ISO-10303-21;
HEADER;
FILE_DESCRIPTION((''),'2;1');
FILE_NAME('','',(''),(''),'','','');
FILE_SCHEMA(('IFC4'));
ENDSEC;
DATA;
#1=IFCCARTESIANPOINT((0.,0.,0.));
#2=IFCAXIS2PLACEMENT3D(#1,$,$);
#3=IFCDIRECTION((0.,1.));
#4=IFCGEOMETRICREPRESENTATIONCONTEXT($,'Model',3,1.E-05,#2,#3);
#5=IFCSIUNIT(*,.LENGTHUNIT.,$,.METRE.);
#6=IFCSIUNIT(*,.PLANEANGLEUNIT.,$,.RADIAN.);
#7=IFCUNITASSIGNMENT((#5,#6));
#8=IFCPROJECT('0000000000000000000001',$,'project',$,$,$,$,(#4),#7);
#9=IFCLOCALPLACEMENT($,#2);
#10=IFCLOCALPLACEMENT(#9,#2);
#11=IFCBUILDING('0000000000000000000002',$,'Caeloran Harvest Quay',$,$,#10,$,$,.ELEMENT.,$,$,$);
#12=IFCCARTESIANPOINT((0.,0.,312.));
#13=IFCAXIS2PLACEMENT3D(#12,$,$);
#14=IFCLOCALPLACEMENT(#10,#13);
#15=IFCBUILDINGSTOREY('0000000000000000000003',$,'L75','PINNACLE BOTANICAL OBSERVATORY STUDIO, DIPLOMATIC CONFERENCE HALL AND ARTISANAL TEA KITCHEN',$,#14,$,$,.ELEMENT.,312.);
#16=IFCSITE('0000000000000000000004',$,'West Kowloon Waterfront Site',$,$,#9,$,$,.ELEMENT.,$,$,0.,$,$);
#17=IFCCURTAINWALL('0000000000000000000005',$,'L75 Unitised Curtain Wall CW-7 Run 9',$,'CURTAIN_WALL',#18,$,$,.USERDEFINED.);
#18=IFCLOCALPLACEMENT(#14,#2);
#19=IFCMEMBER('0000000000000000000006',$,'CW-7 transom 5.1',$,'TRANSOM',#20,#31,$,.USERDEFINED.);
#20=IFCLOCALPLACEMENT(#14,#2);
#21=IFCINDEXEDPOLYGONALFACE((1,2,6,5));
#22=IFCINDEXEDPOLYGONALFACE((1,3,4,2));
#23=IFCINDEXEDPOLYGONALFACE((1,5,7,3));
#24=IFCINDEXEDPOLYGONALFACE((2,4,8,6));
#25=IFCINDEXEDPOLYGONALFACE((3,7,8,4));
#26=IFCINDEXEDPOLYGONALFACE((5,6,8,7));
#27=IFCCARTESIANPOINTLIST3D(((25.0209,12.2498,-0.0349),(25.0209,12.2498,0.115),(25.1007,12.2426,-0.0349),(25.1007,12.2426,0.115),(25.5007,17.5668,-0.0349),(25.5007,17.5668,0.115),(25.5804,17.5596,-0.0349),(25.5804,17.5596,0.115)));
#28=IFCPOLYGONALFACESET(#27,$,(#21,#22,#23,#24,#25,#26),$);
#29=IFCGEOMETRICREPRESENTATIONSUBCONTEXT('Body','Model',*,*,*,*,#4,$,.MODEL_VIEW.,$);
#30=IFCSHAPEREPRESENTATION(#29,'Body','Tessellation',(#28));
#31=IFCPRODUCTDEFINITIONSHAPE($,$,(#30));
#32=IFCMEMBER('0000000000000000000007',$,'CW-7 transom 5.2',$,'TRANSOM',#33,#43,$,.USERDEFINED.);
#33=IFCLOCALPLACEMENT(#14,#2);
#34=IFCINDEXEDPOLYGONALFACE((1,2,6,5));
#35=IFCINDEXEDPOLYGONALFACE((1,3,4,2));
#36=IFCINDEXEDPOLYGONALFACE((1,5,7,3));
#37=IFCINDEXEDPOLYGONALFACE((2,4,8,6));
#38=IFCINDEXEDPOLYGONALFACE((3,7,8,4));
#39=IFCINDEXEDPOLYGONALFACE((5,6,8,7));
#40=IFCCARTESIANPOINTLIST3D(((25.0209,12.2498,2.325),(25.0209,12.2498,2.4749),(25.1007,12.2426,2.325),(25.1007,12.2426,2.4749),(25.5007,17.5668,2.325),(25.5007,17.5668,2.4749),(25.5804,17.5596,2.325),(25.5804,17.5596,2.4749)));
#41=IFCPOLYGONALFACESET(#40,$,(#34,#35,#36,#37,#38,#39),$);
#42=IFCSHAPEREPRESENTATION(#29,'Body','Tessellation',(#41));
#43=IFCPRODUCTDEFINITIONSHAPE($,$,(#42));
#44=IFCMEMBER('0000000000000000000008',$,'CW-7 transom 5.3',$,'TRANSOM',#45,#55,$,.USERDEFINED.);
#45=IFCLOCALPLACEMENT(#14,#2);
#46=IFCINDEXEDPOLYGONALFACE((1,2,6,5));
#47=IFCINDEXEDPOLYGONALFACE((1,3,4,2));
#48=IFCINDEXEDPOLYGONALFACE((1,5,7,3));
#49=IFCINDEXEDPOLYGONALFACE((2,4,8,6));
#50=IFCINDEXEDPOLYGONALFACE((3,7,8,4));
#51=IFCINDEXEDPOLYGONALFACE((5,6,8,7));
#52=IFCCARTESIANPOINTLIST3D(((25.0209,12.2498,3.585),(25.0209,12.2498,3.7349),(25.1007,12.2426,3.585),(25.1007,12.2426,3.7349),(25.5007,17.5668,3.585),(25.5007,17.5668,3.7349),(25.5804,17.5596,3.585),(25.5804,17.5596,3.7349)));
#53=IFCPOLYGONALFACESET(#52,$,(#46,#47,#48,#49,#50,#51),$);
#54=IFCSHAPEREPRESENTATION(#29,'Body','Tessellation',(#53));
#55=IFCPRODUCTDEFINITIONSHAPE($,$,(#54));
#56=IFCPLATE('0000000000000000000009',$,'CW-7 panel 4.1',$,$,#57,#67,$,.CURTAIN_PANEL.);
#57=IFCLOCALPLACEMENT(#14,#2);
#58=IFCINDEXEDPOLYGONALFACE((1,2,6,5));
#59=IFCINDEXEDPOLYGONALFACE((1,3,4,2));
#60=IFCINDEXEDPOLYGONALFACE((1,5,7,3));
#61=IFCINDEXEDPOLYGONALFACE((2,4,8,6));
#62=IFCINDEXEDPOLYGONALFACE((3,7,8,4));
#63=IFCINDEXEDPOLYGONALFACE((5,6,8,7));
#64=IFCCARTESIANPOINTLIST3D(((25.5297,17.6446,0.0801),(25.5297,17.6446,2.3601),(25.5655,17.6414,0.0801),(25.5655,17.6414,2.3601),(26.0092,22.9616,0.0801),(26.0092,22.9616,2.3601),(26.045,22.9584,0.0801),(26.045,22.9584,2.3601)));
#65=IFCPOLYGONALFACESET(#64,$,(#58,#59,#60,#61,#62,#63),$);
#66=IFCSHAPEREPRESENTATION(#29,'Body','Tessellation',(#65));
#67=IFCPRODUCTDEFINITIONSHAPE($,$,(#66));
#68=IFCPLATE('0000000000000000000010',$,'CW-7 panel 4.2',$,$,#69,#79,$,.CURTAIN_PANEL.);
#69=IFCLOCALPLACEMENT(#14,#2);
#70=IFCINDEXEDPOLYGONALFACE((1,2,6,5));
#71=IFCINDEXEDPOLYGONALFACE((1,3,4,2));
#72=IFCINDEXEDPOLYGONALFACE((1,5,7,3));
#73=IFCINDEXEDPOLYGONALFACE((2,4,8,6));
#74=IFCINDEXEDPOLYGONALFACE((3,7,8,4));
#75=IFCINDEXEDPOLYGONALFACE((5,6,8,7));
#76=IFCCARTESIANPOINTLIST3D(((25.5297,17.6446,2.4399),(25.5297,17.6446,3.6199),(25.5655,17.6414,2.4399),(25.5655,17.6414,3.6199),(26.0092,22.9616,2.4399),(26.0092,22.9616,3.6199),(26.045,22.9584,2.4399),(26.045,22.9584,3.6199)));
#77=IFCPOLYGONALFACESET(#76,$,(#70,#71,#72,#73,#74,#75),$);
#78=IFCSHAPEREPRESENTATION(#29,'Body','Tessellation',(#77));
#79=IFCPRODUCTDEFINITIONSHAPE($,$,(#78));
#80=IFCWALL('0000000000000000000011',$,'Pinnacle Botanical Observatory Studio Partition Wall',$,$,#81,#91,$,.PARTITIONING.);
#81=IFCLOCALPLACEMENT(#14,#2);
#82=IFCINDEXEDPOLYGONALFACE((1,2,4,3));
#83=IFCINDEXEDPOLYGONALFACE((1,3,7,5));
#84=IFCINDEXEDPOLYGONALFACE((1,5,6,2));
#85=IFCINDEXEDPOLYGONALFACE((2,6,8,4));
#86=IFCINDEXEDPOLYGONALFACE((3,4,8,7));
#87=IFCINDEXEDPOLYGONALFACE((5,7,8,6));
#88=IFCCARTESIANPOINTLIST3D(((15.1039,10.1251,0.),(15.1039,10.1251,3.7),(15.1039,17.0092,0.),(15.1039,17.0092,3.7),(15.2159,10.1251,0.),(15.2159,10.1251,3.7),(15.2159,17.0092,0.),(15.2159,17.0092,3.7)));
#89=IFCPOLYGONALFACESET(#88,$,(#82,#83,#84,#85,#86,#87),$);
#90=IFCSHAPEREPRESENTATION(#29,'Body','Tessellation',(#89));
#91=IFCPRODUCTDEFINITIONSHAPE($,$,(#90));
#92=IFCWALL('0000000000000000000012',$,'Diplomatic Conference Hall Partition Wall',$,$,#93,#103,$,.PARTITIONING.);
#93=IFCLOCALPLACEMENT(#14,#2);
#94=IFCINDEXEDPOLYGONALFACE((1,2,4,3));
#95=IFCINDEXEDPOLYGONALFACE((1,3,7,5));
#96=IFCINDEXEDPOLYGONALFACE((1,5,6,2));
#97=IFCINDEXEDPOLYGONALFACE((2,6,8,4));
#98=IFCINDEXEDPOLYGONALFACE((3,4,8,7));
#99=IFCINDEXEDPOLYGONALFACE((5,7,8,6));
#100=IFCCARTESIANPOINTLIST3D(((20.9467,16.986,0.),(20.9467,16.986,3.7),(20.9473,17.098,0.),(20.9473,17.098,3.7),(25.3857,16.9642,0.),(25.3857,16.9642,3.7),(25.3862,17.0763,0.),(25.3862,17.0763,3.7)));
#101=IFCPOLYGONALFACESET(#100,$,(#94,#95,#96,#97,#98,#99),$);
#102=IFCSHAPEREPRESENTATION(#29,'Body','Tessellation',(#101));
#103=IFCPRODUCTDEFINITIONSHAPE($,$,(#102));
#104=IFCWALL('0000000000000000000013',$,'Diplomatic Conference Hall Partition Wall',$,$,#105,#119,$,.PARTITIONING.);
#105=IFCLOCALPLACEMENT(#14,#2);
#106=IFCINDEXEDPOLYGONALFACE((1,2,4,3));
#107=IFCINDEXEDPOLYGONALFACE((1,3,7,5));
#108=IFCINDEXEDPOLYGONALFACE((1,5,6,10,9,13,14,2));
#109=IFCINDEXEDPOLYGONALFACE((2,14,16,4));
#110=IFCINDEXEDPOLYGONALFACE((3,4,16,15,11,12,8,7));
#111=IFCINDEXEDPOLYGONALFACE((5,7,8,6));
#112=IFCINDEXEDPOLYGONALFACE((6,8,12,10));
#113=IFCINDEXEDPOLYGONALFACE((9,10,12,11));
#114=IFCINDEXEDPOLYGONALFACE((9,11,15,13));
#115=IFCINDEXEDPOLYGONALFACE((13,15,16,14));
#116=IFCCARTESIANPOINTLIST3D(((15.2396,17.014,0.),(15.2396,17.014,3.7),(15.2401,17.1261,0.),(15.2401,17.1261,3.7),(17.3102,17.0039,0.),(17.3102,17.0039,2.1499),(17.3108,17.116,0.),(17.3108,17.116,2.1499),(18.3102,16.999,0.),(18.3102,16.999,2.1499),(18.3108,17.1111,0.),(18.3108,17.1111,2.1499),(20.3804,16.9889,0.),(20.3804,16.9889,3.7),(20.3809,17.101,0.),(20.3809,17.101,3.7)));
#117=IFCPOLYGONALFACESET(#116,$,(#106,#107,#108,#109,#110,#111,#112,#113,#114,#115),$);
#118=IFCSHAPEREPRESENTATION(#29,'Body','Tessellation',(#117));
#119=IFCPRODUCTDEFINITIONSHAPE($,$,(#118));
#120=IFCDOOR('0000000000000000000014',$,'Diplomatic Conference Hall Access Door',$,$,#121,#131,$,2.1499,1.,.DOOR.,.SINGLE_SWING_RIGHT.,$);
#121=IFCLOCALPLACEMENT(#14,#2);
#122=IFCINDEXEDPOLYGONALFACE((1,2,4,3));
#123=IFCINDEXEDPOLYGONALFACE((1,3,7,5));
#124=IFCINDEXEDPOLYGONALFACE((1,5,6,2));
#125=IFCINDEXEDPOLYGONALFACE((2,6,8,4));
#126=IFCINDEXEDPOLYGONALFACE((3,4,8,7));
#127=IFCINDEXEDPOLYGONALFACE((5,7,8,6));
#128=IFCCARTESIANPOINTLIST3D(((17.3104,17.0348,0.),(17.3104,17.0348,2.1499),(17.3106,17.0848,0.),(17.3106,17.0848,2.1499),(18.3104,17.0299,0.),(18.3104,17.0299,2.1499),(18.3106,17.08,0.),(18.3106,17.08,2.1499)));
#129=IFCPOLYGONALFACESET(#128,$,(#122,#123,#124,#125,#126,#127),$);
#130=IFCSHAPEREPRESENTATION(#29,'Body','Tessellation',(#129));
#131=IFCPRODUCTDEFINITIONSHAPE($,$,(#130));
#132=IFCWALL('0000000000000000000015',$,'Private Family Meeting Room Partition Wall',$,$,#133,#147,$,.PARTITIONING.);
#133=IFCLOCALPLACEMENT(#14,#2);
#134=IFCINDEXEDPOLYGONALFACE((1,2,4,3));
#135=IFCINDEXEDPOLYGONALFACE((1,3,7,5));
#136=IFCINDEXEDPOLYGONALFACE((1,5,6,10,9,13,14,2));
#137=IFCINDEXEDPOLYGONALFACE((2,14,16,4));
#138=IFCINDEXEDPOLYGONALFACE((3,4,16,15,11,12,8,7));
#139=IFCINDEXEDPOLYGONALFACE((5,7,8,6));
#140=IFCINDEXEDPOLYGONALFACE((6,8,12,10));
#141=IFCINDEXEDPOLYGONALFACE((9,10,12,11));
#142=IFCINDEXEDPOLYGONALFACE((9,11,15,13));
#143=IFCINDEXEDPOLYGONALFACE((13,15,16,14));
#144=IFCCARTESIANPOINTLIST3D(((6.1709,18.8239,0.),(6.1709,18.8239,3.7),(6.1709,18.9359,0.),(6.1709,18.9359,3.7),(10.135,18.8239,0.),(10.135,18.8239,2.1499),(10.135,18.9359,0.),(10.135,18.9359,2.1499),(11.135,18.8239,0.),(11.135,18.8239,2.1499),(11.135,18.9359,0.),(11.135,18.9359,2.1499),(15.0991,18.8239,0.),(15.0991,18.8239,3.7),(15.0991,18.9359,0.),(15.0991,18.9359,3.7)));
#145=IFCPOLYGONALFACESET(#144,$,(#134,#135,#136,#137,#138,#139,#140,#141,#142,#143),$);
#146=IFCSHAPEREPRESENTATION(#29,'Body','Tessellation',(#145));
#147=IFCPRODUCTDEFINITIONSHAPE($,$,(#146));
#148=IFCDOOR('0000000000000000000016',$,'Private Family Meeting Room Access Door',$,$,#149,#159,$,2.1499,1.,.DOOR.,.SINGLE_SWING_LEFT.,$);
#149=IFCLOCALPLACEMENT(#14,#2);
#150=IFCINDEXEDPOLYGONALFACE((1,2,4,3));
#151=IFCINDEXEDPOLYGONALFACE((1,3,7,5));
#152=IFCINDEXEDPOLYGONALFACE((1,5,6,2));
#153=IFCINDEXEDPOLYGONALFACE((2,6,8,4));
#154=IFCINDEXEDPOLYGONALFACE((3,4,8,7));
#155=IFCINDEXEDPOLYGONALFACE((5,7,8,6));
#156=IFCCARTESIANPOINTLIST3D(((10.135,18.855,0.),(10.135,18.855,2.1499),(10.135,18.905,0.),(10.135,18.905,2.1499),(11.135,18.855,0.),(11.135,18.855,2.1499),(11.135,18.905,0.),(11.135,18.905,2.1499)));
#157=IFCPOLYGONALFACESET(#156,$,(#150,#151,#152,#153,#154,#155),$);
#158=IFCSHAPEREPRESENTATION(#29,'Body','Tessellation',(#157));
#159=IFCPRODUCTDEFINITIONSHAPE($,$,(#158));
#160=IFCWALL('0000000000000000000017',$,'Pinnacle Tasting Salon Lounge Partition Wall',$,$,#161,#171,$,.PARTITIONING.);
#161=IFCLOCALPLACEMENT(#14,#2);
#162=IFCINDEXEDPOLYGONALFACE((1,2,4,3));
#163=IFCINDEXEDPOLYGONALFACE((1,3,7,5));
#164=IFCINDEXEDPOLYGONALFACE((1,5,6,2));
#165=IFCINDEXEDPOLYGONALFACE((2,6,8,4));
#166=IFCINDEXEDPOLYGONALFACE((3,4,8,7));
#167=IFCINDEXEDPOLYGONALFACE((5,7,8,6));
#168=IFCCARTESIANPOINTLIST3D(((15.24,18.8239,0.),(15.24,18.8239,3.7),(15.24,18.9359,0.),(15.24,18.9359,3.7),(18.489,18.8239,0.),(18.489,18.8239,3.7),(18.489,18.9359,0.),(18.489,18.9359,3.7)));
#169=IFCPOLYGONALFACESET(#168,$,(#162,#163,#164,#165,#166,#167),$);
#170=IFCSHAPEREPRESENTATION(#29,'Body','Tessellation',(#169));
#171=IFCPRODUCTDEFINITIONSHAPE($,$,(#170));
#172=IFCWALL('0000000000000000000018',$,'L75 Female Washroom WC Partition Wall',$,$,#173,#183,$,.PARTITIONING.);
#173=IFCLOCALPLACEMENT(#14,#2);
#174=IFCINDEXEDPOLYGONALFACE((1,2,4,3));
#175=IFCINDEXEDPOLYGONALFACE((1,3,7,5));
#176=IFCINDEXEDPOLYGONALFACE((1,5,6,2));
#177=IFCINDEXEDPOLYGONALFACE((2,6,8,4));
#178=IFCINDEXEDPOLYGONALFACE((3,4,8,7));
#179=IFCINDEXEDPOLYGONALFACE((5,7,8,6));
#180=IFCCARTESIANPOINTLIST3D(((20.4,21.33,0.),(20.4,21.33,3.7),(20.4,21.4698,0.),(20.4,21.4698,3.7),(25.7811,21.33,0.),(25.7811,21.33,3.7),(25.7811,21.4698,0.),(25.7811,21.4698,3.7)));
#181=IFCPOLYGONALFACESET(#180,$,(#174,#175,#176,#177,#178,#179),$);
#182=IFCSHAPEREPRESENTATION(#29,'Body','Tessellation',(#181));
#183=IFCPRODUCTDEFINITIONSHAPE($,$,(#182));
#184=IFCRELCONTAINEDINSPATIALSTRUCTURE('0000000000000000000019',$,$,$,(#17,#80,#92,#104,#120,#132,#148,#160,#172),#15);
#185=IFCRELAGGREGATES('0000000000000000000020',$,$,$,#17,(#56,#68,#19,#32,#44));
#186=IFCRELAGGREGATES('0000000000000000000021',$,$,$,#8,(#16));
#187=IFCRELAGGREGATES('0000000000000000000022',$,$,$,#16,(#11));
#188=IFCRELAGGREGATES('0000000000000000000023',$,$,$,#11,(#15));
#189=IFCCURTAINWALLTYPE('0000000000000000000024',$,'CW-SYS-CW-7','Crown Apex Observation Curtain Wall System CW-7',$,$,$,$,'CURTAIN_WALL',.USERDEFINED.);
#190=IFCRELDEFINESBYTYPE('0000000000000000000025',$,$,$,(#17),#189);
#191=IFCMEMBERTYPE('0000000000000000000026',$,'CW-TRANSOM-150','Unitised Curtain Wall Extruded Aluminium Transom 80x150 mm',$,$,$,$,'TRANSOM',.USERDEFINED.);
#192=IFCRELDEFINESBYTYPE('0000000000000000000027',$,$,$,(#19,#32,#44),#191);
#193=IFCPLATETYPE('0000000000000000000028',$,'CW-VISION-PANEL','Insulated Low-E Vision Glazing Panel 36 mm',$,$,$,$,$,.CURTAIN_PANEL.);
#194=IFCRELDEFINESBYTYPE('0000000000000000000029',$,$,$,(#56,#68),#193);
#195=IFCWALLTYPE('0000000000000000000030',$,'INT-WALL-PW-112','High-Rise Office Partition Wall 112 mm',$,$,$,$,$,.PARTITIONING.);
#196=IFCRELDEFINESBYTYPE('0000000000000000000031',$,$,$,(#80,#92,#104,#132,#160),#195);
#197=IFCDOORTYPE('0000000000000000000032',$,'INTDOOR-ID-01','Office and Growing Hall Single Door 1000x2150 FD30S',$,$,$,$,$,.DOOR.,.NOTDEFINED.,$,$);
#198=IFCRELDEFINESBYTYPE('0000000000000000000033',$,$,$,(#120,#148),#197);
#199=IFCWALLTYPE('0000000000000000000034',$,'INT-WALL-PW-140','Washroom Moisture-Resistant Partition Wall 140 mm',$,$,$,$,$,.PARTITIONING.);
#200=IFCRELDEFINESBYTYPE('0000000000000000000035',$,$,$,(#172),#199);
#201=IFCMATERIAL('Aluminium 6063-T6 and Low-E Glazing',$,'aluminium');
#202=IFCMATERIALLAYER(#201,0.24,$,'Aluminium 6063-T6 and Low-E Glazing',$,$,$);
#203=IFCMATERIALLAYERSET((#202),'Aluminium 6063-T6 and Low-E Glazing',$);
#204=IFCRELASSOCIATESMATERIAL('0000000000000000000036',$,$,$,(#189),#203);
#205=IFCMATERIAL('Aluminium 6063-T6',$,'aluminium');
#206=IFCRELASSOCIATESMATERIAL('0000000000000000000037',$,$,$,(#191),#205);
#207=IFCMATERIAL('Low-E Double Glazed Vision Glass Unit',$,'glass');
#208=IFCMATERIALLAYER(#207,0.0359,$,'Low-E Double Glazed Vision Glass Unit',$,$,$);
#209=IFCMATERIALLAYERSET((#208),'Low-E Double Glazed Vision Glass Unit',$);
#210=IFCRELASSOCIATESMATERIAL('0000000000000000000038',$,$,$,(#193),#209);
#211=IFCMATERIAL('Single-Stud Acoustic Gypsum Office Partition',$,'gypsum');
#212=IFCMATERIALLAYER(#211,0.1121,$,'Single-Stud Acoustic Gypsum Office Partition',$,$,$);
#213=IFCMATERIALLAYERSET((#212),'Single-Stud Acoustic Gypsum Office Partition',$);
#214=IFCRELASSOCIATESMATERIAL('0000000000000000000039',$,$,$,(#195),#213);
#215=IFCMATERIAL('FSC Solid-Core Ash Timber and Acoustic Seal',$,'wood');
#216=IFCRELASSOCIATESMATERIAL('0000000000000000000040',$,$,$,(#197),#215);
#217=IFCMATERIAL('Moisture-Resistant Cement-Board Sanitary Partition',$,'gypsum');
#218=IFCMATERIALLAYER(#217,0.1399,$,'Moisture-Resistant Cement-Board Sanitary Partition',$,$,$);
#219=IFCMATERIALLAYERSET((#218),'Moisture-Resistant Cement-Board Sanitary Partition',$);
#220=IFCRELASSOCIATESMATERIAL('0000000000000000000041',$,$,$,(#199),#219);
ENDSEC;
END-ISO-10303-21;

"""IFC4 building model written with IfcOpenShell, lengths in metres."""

from ifc_helpers import new_model, si_unit, direction, frame, frame_2d, origin, origin_2d, place, context, subcontext, project, spatial, rectangle, extrude, material, layer, layer_set, material_profile, profile_set, type_object, element, fill, aggregate, save


model = new_model("IFC4")

# Units and contexts
model_context = context("Model", 3, precision=1e-05, world=origin(), true_north=direction((0.0, 1.0)))
body_context = subcontext(model_context, "Body", "Model", "MODEL_VIEW")
ifc_project = project(units=[si_unit("LENGTHUNIT", "METRE"), si_unit("PLANEANGLEUNIT", "RADIAN")], contexts=[model_context])

# Site, building, storey
site_placement = place(None, origin())
site = spatial("IfcSite", under=ifc_project, at=site_placement, Name="West Kowloon Waterfront Site", CompositionType="ELEMENT", RefElevation=0.0)
building_placement = place(site_placement, origin())
building = spatial("IfcBuilding", under=site, at=building_placement, Name="Caeloran Harvest Quay", CompositionType="ELEMENT")
storey_placement = place(building_placement, frame((0.0, 0.0, 312.0)))
storey = spatial("IfcBuildingStorey", under=building, at=storey_placement, Name="L75", Description="PINNACLE BOTANICAL OBSERVATORY STUDIO, DIPLOMATIC CONFERENCE HALL AND ARTISANAL TEA KITCHEN", CompositionType="ELEMENT", Elevation=312.0)

# Curtain wall, members, plates
ifc_material_1 = material(Name="Aluminium 6063-T6 and Low-E Glazing", Category="aluminium")
ifc_layer_1 = layer(ifc_material_1, 0.24, Name="Aluminium 6063-T6 and Low-E Glazing")
ifc_layer_set_1 = layer_set([ifc_layer_1], Name="Aluminium 6063-T6 and Low-E Glazing")
curtain_wall_type = type_object("IfcCurtainWallType", Name="CW-SYS-CW-7", Description="Crown Apex Observation Curtain Wall System CW-7", ElementType="CURTAIN_WALL", PredefinedType="USERDEFINED", material=ifc_layer_set_1)
curtain_wall_placement = place(storey_placement, origin())
curtain_wall = element("IfcCurtainWall", 1, at=curtain_wall_placement, inside=storey, type_object=curtain_wall_type, Name="L75 Unitised Curtain Wall CW-7 Run 9", ObjectType="CURTAIN_WALL", PredefinedType="USERDEFINED")
ifc_material_2 = material(Name="Aluminium 6063-T6", Category="aluminium")
ifc_material_profile_1 = material_profile(ifc_material_2, rectangle(XDim=0.0801, YDim=0.1499, at=origin_2d()), Name="CW-TRANSOM-150")
ifc_profile_set_1 = profile_set([ifc_material_profile_1], Name="Aluminium 6063-T6")
member_type_1 = type_object("IfcMemberType", Name="CW-TRANSOM-150", Description="Unitised Curtain Wall Extruded Aluminium Transom 80x150 mm", ElementType="TRANSOM", PredefinedType="USERDEFINED", material=ifc_profile_set_1)
member_1_placement = place(storey_placement, frame((25.5405, 17.5632, 0.04), z_axis=(-0.08986, -0.995954, 0.0), x_axis=(0.995954, -0.08986, 0.0)))
member_1 = element("IfcMember", 2, at=member_1_placement, type_object=member_type_1, Name="CW-7 transom 5.1", ObjectType="TRANSOM", PredefinedType="USERDEFINED", context=body_context, shape_type="SweptSolid", body=[
    extrude(rectangle(XDim=0.0801, YDim=0.1499, at=origin_2d()), origin(), (0.0, 0.0, 1.0), 5.3386),
])
member_2_placement = place(storey_placement, frame((25.5405, 17.5632, 2.3999), z_axis=(-0.08986, -0.995954, 0.0), x_axis=(0.995954, -0.08986, 0.0)))
member_2 = element("IfcMember", 3, at=member_2_placement, type_object=member_type_1, Name="CW-7 transom 5.2", ObjectType="TRANSOM", PredefinedType="USERDEFINED", context=body_context, shape_type="SweptSolid", body=[
    extrude(rectangle(XDim=0.0801, YDim=0.1499, at=origin_2d()), origin(), (0.0, 0.0, 1.0), 5.3386),
])
member_3_placement = place(storey_placement, frame((25.5405, 17.5632, 3.6599), z_axis=(-0.08986, -0.995954, 0.0), x_axis=(0.995954, -0.08986, 0.0)))
member_3 = element("IfcMember", 4, at=member_3_placement, type_object=member_type_1, Name="CW-7 transom 5.3", ObjectType="TRANSOM", PredefinedType="USERDEFINED", context=body_context, shape_type="SweptSolid", body=[
    extrude(rectangle(XDim=0.0801, YDim=0.1499, at=origin_2d()), origin(), (0.0, 0.0, 1.0), 5.3386),
])
ifc_material_3 = material(Name="Low-E Double Glazed Vision Glass Unit", Category="glass")
ifc_layer_2 = layer(ifc_material_3, 0.0359, Name="Low-E Double Glazed Vision Glass Unit")
ifc_layer_set_2 = layer_set([ifc_layer_2], Name="Low-E Double Glazed Vision Glass Unit")
plate_type = type_object("IfcPlateType", Name="CW-VISION-PANEL", Description="Insulated Low-E Vision Glazing Panel 36 mm", PredefinedType="CURTAIN_PANEL", material=ifc_layer_set_2)
plate_1_placement = place(storey_placement, frame((25.7874, 20.3015, 0.0801), z_axis=(0.0, 0.0, 1.0), x_axis=(-0.089821, -0.995958, 0.0)))
plate_1 = element("IfcPlate", 5, at=plate_1_placement, type_object=plate_type, Name="CW-7 panel 4.1", PredefinedType="CURTAIN_PANEL", context=body_context, shape_type="SweptSolid", body=[
    extrude(rectangle(XDim=5.3386, YDim=0.0359, at=origin_2d()), origin(), (0.0, 0.0, 1.0), 2.28),
])
plate_2_placement = place(storey_placement, frame((25.7874, 20.3015, 2.4399), z_axis=(0.0, 0.0, 1.0), x_axis=(-0.089821, -0.995958, 0.0)))
plate_2 = element("IfcPlate", 6, at=plate_2_placement, type_object=plate_type, Name="CW-7 panel 4.2", PredefinedType="CURTAIN_PANEL", context=body_context, shape_type="SweptSolid", body=[
    extrude(rectangle(XDim=5.3386, YDim=0.0359, at=origin_2d()), origin(), (0.0, 0.0, 1.0), 1.1799),
])
aggregate(curtain_wall, [plate_1, plate_2, member_1, member_2, member_3])

# Walls
ifc_material_4 = material(Name="Single-Stud Acoustic Gypsum Office Partition", Category="gypsum")
ifc_layer_3 = layer(ifc_material_4, 0.1121, Name="Single-Stud Acoustic Gypsum Office Partition")
ifc_layer_set_3 = layer_set([ifc_layer_3], Name="Single-Stud Acoustic Gypsum Office Partition")
wall_type_1 = type_object("IfcWallType", Name="INT-WALL-PW-112", Description="High-Rise Office Partition Wall 112 mm", PredefinedType="PARTITIONING", material=ifc_layer_set_3)
wall_1_placement = place(storey_placement, frame((15.1599, 17.009, 0.0), z_axis=(0.0, 0.0, 1.0), x_axis=(0.0, -1.0, 0.0)))
element("IfcWall", 7, at=wall_1_placement, inside=storey, type_object=wall_type_1, Name="Pinnacle Botanical Observatory Studio Partition Wall", PredefinedType="PARTITIONING", context=body_context, shape_type="SweptSolid", body=[
    extrude(rectangle(XDim=6.884, YDim=0.1121, at=frame_2d((3.4419, 0.0))), origin(), (0.0, 0.0, 1.0), 3.7),
])
wall_2_placement = place(storey_placement, frame((20.947, 17.042, 0.0), z_axis=(0.0, 0.0, 1.0), x_axis=(0.999988, -0.004895, 0.0)))
element("IfcWall", 8, at=wall_2_placement, inside=storey, type_object=wall_type_1, Name="Diplomatic Conference Hall Partition Wall", PredefinedType="PARTITIONING", context=body_context, shape_type="SweptSolid", body=[
    extrude(rectangle(XDim=4.439, YDim=0.1121, at=frame_2d((2.2195, 0.0))), origin(), (0.0, 0.0, 1.0), 3.7),
])

# Walls, openings, doors
wall_3_placement = place(storey_placement, frame((15.24, 17.0701, 0.0), z_axis=(0.0, 0.0, 1.0), x_axis=(0.999988, -0.004891, 0.0)))
wall_3 = element("IfcWall", 9, at=wall_3_placement, inside=storey, type_object=wall_type_1, Name="Diplomatic Conference Hall Partition Wall", PredefinedType="PARTITIONING", context=body_context, shape_type="SweptSolid", body=[
    extrude(rectangle(XDim=5.1409, YDim=0.1121, at=frame_2d((2.5703, 0.0))), origin(), (0.0, 0.0, 1.0), 3.7),
])
opening_1_placement = place(wall_3_placement, frame((2.0706, 0.0, 0.0)))
opening_1 = element("IfcOpeningElement", 10, at=opening_1_placement, cuts=wall_3, PredefinedType="OPENING", context=body_context, shape_type="SweptSolid", body=[
    extrude(rectangle(XDim=1.0, YDim=2.1499, at=frame_2d((0.5, 1.075))), frame((0.0, 0.0659, 0.0), z_axis=(0.0, -1.0, 0.0), x_axis=(1.0, 0.0, 0.0)), (0.0, 0.0, 1.0), 0.1321),
])
ifc_material_5 = material(Name="FSC Solid-Core Ash Timber and Acoustic Seal", Category="wood")
door_type_1 = type_object("IfcDoorType", Name="INTDOOR-ID-01", Description="Office and Growing Hall Single Door 1000x2150 FD30S", OperationType="NOTDEFINED", PredefinedType="DOOR", material=ifc_material_5)
door_1_placement = place(opening_1_placement, origin())
door_1 = element("IfcDoor", 11, at=door_1_placement, inside=storey, type_object=door_type_1, Name="Diplomatic Conference Hall Access Door", OperationType="SINGLE_SWING_RIGHT", OverallHeight=2.1499, OverallWidth=1.0, PredefinedType="DOOR", context=body_context, shape_type="SweptSolid", body=[
    extrude(rectangle(XDim=1.0, YDim=2.1499, at=frame_2d((0.5, 1.075))), frame((0.0, 0.0249, 0.0), z_axis=(0.0, -1.0, 0.0), x_axis=(1.0, 0.0, 0.0)), (0.0, 0.0, 1.0), 0.05),
])
fill(opening_1, door_1)
wall_4_placement = place(storey_placement, frame((15.0991, 18.8799, 0.0), z_axis=(0.0, 0.0, 1.0), x_axis=(-1.0, 0.0, 0.0)))
wall_4 = element("IfcWall", 12, at=wall_4_placement, inside=storey, type_object=wall_type_1, Name="Private Family Meeting Room Partition Wall", PredefinedType="PARTITIONING", context=body_context, shape_type="SweptSolid", body=[
    extrude(rectangle(XDim=8.9282, YDim=0.1121, at=frame_2d((4.4641, 0.0))), origin(), (0.0, 0.0, 1.0), 3.7),
])
opening_2_placement = place(wall_4_placement, frame((3.9641, 0.0, 0.0)))
opening_2 = element("IfcOpeningElement", 13, at=opening_2_placement, cuts=wall_4, PredefinedType="OPENING", context=body_context, shape_type="SweptSolid", body=[
    extrude(rectangle(XDim=1.0, YDim=2.1499, at=frame_2d((0.5, 1.075))), frame((0.0, 0.0659, 0.0), z_axis=(0.0, -1.0, 0.0), x_axis=(1.0, 0.0, 0.0)), (0.0, 0.0, 1.0), 0.1321),
])
door_2_placement = place(opening_2_placement, origin())
door_2 = element("IfcDoor", 14, at=door_2_placement, inside=storey, type_object=door_type_1, Name="Private Family Meeting Room Access Door", OperationType="SINGLE_SWING_LEFT", OverallHeight=2.1499, OverallWidth=1.0, PredefinedType="DOOR", context=body_context, shape_type="SweptSolid", body=[
    extrude(rectangle(XDim=1.0, YDim=2.1499, at=frame_2d((0.5, 1.075))), frame((0.0, 0.0249, 0.0), z_axis=(0.0, -1.0, 0.0), x_axis=(1.0, 0.0, 0.0)), (0.0, 0.0, 1.0), 0.05),
])
fill(opening_2, door_2)

# Walls
wall_5_placement = place(storey_placement, frame((18.489, 18.8799, 0.0), z_axis=(0.0, 0.0, 1.0), x_axis=(-1.0, 0.0, 0.0)))
element("IfcWall", 15, at=wall_5_placement, inside=storey, type_object=wall_type_1, Name="Pinnacle Tasting Salon Lounge Partition Wall", PredefinedType="PARTITIONING", context=body_context, shape_type="SweptSolid", body=[
    extrude(rectangle(XDim=3.249, YDim=0.1121, at=frame_2d((1.6245, 0.0))), origin(), (0.0, 0.0, 1.0), 3.7),
])
ifc_material_6 = material(Name="Moisture-Resistant Cement-Board Sanitary Partition", Category="gypsum")
ifc_layer_4 = layer(ifc_material_6, 0.1399, Name="Moisture-Resistant Cement-Board Sanitary Partition")
ifc_layer_set_4 = layer_set([ifc_layer_4], Name="Moisture-Resistant Cement-Board Sanitary Partition")
wall_type_2 = type_object("IfcWallType", Name="INT-WALL-PW-140", Description="Washroom Moisture-Resistant Partition Wall 140 mm", PredefinedType="PARTITIONING", material=ifc_layer_set_4)
wall_6_placement = place(storey_placement, frame((25.781, 21.3999, 0.0), z_axis=(0.0, 0.0, 1.0), x_axis=(-1.0, 0.0, 0.0)))
element("IfcWall", 16, at=wall_6_placement, inside=storey, type_object=wall_type_2, Name="L75 Female Washroom WC Partition Wall", PredefinedType="PARTITIONING", context=body_context, shape_type="SweptSolid", body=[
    extrude(rectangle(XDim=5.3811, YDim=0.1399, at=frame_2d((2.6904, 0.0))), origin(), (0.0, 0.0, 1.0), 3.7),
])

save(model, "model.ifc")
